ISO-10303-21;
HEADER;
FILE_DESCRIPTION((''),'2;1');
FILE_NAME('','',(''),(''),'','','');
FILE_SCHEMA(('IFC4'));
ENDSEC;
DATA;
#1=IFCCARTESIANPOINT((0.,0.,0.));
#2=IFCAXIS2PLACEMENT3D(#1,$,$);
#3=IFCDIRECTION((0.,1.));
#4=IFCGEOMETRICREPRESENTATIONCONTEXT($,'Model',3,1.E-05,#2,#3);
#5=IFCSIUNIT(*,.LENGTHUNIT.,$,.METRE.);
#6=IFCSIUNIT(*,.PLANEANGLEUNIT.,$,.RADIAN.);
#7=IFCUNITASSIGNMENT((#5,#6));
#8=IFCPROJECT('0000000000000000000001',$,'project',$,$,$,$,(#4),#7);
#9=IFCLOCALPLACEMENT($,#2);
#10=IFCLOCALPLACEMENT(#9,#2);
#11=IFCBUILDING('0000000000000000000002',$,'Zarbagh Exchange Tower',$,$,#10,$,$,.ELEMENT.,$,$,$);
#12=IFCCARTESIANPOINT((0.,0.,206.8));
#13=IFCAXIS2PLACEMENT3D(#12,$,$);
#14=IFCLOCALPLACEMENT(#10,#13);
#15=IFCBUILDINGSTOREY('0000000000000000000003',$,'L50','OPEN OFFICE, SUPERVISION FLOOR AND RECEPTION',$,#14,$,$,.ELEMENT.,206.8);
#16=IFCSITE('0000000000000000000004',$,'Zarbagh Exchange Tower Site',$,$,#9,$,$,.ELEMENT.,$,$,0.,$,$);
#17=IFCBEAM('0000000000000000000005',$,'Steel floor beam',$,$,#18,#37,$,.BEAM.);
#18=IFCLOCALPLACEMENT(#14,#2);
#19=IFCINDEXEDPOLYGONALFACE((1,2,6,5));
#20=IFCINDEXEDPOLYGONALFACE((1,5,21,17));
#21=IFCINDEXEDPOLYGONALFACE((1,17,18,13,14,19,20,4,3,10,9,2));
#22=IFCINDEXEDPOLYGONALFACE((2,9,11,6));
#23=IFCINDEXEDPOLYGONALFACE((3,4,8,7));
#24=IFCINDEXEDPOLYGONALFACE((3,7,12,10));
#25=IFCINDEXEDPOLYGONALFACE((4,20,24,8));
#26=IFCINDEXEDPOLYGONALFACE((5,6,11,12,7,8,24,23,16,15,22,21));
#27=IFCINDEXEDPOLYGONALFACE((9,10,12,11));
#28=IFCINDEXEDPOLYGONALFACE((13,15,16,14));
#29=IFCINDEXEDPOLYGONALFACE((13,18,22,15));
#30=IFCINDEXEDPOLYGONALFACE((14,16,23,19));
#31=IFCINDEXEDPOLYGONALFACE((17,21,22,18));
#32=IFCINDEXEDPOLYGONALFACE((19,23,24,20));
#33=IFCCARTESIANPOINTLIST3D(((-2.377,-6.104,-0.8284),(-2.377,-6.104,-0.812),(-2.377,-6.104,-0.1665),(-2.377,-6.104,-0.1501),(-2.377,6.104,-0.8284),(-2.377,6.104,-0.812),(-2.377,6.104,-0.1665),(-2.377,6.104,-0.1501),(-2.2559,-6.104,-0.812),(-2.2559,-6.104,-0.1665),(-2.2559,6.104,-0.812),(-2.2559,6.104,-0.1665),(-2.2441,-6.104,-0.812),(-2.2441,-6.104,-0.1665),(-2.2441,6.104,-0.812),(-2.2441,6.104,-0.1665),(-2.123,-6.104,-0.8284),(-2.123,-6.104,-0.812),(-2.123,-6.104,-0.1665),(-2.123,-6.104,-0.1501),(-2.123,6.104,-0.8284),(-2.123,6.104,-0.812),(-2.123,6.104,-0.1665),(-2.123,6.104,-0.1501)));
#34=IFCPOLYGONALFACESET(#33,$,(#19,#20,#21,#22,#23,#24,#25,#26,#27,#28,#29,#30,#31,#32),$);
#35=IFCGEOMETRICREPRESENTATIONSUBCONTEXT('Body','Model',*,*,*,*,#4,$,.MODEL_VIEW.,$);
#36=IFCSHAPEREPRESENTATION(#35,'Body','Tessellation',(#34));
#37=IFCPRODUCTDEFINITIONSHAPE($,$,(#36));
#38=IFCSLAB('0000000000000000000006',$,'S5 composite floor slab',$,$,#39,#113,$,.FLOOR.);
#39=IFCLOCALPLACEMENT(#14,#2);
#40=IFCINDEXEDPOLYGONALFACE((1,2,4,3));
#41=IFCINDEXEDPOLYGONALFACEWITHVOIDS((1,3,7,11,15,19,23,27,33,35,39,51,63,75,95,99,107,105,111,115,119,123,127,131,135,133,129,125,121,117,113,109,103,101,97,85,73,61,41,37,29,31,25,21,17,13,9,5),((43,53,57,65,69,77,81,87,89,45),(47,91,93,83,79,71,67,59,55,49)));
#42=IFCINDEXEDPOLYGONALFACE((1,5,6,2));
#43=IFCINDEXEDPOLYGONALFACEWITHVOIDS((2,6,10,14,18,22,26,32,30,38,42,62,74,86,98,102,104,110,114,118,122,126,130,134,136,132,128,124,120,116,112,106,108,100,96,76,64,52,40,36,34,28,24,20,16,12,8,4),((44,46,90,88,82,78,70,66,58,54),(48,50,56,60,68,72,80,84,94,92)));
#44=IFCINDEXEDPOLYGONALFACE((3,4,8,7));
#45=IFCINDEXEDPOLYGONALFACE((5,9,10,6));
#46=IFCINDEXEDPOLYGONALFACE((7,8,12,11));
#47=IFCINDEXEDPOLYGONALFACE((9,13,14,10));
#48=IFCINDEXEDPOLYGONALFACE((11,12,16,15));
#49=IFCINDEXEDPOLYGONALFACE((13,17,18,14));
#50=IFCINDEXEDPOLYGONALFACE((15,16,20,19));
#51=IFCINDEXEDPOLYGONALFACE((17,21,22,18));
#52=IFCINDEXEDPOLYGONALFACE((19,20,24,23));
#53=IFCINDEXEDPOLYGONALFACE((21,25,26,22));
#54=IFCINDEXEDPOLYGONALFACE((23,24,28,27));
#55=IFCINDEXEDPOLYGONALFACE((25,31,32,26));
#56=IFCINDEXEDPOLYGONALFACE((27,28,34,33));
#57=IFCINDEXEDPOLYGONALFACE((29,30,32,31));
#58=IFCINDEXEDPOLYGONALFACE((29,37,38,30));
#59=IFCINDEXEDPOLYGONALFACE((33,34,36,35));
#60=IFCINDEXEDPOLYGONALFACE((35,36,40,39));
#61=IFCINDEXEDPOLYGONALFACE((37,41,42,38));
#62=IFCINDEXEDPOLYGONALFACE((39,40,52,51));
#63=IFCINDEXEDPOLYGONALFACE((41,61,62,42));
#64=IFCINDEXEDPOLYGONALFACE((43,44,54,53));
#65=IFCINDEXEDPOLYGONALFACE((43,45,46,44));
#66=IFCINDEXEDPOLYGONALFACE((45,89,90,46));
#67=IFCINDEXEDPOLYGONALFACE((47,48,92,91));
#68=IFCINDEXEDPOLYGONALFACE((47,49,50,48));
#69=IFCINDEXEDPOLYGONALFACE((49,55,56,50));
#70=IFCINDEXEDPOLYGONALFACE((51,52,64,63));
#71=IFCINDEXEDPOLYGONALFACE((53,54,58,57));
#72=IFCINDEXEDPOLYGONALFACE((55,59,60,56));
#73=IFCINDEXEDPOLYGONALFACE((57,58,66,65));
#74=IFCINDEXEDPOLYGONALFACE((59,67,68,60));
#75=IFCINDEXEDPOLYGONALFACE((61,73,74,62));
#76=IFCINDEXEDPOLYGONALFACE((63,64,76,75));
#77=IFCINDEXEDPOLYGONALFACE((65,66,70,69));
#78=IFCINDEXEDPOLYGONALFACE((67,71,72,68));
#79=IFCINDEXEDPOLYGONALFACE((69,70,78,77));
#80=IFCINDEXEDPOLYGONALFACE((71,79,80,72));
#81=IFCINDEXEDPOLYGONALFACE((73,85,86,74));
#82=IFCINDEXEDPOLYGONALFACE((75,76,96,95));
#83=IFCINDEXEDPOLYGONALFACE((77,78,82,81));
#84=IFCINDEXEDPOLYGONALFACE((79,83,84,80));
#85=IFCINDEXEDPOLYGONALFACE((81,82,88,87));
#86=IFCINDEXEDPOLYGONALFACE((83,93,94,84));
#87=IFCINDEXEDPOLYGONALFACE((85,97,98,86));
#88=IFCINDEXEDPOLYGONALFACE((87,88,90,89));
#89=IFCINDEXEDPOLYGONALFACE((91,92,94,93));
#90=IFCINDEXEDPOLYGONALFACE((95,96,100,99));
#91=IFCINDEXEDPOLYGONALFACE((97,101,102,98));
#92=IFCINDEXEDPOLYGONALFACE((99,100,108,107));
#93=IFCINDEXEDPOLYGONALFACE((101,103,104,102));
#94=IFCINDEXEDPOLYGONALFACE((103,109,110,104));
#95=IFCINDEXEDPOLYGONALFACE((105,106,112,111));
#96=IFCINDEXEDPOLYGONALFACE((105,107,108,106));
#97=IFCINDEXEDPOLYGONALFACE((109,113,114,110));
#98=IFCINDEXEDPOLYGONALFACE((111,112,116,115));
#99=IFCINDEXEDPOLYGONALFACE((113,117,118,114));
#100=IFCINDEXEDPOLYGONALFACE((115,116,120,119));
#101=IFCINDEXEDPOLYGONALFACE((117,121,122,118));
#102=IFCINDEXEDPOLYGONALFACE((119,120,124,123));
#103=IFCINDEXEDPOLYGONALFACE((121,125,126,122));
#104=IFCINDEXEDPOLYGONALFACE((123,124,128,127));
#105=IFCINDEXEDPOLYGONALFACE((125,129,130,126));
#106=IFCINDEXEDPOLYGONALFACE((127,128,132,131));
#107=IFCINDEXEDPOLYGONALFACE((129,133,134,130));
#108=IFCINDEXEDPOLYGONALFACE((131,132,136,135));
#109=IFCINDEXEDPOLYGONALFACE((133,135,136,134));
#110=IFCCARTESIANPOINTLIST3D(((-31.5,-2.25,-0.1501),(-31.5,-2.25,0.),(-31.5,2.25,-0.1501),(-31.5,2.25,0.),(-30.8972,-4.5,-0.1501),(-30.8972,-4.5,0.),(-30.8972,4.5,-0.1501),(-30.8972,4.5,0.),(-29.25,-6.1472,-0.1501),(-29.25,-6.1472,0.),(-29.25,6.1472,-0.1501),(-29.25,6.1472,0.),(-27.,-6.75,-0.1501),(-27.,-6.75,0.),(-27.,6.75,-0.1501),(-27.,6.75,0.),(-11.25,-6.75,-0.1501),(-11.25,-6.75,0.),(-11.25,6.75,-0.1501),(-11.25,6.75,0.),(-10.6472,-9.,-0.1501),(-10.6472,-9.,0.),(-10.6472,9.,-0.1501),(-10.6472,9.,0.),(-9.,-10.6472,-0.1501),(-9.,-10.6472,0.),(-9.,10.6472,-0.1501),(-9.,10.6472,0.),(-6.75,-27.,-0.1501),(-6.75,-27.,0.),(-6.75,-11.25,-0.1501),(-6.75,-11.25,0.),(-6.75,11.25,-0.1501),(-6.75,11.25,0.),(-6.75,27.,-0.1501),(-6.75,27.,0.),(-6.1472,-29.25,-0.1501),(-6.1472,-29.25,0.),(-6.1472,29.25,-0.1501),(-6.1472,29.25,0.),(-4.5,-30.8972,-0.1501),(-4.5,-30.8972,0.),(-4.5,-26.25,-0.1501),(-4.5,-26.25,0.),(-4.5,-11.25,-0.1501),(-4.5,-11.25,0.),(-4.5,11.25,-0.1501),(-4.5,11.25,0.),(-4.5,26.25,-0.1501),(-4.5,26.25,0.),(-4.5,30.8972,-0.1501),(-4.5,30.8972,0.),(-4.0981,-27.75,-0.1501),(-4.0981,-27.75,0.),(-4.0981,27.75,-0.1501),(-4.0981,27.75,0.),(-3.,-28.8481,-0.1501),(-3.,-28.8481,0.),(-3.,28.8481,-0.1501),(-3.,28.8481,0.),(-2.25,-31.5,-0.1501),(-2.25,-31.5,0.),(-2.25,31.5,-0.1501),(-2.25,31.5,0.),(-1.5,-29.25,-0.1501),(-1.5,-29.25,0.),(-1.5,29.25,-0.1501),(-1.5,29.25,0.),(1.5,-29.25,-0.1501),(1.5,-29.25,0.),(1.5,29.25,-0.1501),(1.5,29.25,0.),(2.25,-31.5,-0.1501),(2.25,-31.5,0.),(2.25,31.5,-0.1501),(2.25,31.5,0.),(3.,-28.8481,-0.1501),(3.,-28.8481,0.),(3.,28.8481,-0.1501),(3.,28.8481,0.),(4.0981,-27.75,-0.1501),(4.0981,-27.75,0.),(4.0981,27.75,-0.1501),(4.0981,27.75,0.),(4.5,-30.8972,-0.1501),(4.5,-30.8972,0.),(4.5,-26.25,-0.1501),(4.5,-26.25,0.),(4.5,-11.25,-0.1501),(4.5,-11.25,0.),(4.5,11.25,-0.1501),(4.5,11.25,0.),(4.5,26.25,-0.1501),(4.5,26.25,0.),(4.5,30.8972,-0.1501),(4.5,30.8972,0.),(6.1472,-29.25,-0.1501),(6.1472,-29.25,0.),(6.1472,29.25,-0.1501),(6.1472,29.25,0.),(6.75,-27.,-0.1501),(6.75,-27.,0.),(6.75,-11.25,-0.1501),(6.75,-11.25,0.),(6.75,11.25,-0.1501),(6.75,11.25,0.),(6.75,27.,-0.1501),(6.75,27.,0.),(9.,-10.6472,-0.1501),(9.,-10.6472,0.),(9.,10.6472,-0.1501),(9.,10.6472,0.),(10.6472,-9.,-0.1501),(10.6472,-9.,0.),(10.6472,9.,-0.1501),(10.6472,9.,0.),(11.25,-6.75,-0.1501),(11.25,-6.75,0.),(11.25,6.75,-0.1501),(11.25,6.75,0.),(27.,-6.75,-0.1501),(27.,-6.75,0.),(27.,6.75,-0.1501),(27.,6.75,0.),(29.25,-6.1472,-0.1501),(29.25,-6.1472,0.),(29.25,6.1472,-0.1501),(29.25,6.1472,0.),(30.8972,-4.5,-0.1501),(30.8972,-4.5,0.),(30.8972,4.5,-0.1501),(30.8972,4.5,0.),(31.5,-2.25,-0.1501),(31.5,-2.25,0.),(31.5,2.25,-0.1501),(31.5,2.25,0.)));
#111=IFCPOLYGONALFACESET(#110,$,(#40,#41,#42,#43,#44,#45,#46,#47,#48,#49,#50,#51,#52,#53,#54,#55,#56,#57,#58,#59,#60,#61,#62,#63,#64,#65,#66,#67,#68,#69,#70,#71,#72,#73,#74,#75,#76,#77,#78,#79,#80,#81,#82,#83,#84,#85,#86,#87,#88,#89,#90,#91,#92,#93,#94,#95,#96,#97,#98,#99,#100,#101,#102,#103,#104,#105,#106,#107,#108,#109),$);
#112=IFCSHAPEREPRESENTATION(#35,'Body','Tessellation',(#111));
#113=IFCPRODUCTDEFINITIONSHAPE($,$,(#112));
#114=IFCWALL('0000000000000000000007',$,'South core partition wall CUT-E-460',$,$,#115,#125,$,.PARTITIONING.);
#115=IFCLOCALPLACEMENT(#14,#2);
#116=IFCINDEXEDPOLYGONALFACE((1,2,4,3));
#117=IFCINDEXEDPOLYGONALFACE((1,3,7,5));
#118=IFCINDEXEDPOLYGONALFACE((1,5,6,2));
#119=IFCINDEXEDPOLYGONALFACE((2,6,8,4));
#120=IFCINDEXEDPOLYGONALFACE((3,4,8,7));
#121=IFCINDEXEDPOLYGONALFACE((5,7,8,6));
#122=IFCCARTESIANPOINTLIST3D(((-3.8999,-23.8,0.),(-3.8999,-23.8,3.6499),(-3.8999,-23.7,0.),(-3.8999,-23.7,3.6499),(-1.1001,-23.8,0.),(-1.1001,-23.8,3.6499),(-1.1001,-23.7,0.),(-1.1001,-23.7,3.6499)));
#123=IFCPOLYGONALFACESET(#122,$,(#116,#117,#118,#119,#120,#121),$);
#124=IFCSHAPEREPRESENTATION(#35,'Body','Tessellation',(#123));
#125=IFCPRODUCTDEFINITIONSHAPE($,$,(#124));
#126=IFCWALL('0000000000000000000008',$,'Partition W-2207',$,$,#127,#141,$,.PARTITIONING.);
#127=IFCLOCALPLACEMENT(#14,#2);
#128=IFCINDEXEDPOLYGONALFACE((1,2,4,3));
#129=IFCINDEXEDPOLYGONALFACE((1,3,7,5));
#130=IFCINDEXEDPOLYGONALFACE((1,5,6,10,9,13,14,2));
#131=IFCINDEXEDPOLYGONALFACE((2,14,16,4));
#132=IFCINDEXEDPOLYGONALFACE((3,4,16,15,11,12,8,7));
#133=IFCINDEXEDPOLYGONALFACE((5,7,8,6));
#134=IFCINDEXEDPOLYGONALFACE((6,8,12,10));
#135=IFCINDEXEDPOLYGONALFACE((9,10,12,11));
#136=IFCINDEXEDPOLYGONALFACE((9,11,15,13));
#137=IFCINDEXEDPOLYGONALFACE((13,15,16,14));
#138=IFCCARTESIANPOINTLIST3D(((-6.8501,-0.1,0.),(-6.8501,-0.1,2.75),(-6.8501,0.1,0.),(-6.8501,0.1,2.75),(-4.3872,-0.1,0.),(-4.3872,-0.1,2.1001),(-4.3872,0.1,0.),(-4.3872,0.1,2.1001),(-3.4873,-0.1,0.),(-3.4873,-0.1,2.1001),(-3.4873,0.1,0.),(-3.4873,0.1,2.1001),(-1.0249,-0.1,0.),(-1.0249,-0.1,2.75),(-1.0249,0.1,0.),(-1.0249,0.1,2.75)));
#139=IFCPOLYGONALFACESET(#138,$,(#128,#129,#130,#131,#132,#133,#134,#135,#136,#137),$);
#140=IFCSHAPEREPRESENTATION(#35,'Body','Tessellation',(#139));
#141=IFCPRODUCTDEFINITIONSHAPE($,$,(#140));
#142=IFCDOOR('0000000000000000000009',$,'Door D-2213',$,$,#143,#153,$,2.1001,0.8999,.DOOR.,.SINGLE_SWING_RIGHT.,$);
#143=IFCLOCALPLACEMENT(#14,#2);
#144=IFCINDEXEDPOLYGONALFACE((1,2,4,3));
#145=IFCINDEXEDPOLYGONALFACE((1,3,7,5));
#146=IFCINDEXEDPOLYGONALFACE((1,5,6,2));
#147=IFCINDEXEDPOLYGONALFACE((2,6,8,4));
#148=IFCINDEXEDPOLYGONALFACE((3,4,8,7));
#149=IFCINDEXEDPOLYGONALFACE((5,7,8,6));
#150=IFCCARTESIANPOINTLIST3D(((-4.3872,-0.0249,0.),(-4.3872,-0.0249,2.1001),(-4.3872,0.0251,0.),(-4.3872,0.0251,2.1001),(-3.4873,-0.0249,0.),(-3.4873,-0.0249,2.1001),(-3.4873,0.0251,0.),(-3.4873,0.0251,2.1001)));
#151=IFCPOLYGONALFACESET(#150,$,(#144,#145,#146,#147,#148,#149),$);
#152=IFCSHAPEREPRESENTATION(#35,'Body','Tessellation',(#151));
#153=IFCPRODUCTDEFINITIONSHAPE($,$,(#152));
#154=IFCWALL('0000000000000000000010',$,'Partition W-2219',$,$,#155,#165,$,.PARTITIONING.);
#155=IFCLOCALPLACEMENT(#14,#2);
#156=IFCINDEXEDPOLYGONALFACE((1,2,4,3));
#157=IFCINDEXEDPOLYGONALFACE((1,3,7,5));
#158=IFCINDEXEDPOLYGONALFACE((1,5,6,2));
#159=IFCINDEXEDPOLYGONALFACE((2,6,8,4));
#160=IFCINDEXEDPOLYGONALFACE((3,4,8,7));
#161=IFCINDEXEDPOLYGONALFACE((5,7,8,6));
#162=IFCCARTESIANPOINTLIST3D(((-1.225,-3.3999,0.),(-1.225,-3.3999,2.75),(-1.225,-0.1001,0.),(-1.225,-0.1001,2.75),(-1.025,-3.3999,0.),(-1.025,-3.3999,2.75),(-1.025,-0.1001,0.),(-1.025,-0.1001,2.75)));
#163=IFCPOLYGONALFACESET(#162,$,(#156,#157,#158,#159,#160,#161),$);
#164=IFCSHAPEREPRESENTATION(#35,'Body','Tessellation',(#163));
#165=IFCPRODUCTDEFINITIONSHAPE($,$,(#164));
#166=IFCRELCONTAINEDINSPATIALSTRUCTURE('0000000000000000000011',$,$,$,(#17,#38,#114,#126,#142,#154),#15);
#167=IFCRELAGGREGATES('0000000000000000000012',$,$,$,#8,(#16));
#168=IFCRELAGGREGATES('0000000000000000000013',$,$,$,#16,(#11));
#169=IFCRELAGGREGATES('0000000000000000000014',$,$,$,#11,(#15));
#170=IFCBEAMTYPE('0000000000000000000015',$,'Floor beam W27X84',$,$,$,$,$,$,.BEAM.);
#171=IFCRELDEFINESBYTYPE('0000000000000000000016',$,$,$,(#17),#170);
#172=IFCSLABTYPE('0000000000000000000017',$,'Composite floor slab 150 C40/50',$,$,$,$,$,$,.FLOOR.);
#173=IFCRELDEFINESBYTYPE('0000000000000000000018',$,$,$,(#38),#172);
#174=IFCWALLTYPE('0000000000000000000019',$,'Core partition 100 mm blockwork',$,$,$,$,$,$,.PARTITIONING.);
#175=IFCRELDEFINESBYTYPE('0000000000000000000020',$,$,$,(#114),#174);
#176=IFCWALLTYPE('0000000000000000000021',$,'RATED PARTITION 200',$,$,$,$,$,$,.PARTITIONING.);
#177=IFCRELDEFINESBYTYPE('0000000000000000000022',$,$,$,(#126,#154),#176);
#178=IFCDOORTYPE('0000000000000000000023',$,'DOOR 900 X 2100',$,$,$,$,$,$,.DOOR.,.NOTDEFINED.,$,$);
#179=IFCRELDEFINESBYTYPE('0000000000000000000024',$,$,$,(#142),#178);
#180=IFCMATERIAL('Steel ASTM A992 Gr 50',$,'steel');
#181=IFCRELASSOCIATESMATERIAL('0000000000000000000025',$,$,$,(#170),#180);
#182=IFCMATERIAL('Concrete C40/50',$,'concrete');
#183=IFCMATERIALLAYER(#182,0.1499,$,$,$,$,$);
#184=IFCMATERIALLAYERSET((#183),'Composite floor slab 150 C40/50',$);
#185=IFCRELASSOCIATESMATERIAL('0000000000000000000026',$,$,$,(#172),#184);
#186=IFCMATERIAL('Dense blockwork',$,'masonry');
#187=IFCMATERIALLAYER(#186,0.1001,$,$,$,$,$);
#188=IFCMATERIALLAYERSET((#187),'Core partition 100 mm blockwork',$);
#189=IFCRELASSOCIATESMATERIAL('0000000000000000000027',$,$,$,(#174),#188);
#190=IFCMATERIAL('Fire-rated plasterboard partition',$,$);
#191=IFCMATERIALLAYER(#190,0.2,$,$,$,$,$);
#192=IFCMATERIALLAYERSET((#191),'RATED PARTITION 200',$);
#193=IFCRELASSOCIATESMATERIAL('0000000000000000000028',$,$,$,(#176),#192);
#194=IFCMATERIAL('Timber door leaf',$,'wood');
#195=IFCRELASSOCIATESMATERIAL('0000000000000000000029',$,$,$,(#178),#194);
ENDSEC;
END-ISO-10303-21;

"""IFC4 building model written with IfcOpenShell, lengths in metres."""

from ifc_helpers import new_model, si_unit, direction, frame, frame_2d, origin, origin_2d, place, context, subcontext, project, spatial, polyline, rectangle, i_section, outline, extrude, material, layer, layer_set, material_profile, profile_set, type_object, element, fill, save


model = new_model("IFC4")

# Units and contexts
model_context = context("Model", 3, precision=1e-05, world=origin(), true_north=direction((0.0, 1.0)))
body_context = subcontext(model_context, "Body", "Model", "MODEL_VIEW")
ifc_project = project(units=[si_unit("LENGTHUNIT", "METRE"), si_unit("PLANEANGLEUNIT", "RADIAN")], contexts=[model_context])

# Site, building, storey
site_placement = place(None, origin())
site = spatial("IfcSite", under=ifc_project, at=site_placement, Name="Zarbagh Exchange Tower Site", CompositionType="ELEMENT", RefElevation=0.0)
building_placement = place(site_placement, origin())
building = spatial("IfcBuilding", under=site, at=building_placement, Name="Zarbagh Exchange Tower", CompositionType="ELEMENT")
storey_placement = place(building_placement, frame((0.0, 0.0, 206.8)))
storey = spatial("IfcBuildingStorey", under=building, at=storey_placement, Name="L50", Description="OPEN OFFICE, SUPERVISION FLOOR AND RECEPTION", CompositionType="ELEMENT", Elevation=206.8)

# Beam
ifc_material_1 = material(Name="Steel ASTM A992 Gr 50", Category="steel")
ifc_material_profile = material_profile(ifc_material_1, i_section(OverallWidth=0.2539, OverallDepth=0.6782, WebThickness=0.0117, FlangeThickness=0.0164, at=origin_2d()), Name="W27X84")
ifc_profile_set = profile_set([ifc_material_profile], Name="Steel ASTM A992 Gr 50")
beam_type = type_object("IfcBeamType", Name="Floor beam W27X84", PredefinedType="BEAM", material=ifc_profile_set)
beam_placement = place(storey_placement, frame((-2.25, -6.104, -0.4893), z_axis=(0.0, 1.0, 0.0), x_axis=(-1.0, 0.0, 0.0)))
element("IfcBeam", 1, at=beam_placement, inside=storey, type_object=beam_type, Name="Steel floor beam", PredefinedType="BEAM", context=body_context, shape_type="SweptSolid", body=[
    extrude(i_section(OverallWidth=0.2539, OverallDepth=0.6782, WebThickness=0.0117, FlangeThickness=0.0164, at=origin_2d()), origin(), (0.0, 0.0, 1.0), 12.208),
])

# Slab
ifc_material_2 = material(Name="Concrete C40/50", Category="concrete")
ifc_layer_1 = layer(ifc_material_2, 0.1499)
ifc_layer_set_1 = layer_set([ifc_layer_1], Name="Composite floor slab 150 C40/50")
slab_type = type_object("IfcSlabType", Name="Composite floor slab 150 C40/50", PredefinedType="FLOOR", material=ifc_layer_set_1)
slab_placement = place(storey_placement, frame((0.0, 0.0, -0.1501)))
element("IfcSlab", 2, at=slab_placement, inside=storey, type_object=slab_type, Name="S5 composite floor slab", PredefinedType="FLOOR", context=body_context, shape_type="SweptSolid", body=[
    extrude(outline(polyline([(-2.25, -31.5), (-4.5, -30.8972), (-6.1472, -29.25), (-6.75, -27.0), (-6.75, -11.25), (-9.0, -10.6472), (-10.6472, -9.0), (-11.25, -6.75), (-27.0, -6.75), (-29.25, -6.1472), (-30.8972, -4.5), (-31.5, -2.25), (-31.5, 2.25), (-30.8972, 4.5), (-29.25, 6.1472), (-27.0, 6.75), (-11.25, 6.75), (-10.6472, 9.0), (-9.0, 10.6472), (-6.75, 11.25), (-6.75, 27.0), (-6.1472, 29.25), (-4.5, 30.8972), (-2.25, 31.5), (2.25, 31.5), (4.5, 30.8972), (6.1472, 29.25), (6.75, 27.0), (6.75, 11.25), (9.0, 10.6472), (10.6472, 9.0), (11.25, 6.75), (27.0, 6.75), (29.25, 6.1472), (30.8972, 4.5), (31.5, 2.25), (31.5, -2.25), (30.8972, -4.5), (29.25, -6.1472), (27.0, -6.75), (11.25, -6.75), (10.6472, -9.0), (9.0, -10.6472), (6.75, -11.25), (6.75, -27.0), (6.1472, -29.25), (4.5, -30.8972), (2.25, -31.5), (-2.25, -31.5)]), holes=[polyline([(4.5, 11.25), (4.5, 26.25), (4.0981, 27.75), (3.0, 28.8481), (1.5, 29.25), (-1.5, 29.25), (-3.0, 28.8481), (-4.0981, 27.75), (-4.5, 26.25), (-4.5, 11.25), (4.5, 11.25)]), polyline([(-1.5, -29.25), (1.5, -29.25), (3.0, -28.8481), (4.0981, -27.75), (4.5, -26.25), (4.5, -11.25), (-4.5, -11.25), (-4.5, -26.25), (-4.0981, -27.75), (-3.0, -28.8481), (-1.5, -29.25)])]), origin(), (0.0, 0.0, 1.0), 0.1501),
])

# Wall
ifc_material_3 = material(Name="Dense blockwork", Category="masonry")
ifc_layer_2 = layer(ifc_material_3, 0.1001)
ifc_layer_set_2 = layer_set([ifc_layer_2], Name="Core partition 100 mm blockwork")
wall_type_1 = type_object("IfcWallType", Name="Core partition 100 mm blockwork", PredefinedType="PARTITIONING", material=ifc_layer_set_2)
wall_1_placement = place(storey_placement, frame((-1.1001, -23.75, 0.0), z_axis=(0.0, 0.0, 1.0), x_axis=(-1.0, 0.0, 0.0)))
element("IfcWall", 3, at=wall_1_placement, inside=storey, type_object=wall_type_1, Name="South core partition wall CUT-E-460", PredefinedType="PARTITIONING", context=body_context, shape_type="SweptSolid", body=[
    extrude(rectangle(XDim=2.7998, YDim=0.1001, at=frame_2d((1.3999, 0.0))), origin(), (0.0, 0.0, 1.0), 3.6499),
])

# Wall, opening, door
ifc_material_4 = material(Name="Fire-rated plasterboard partition")
ifc_layer_3 = layer(ifc_material_4, 0.2)
ifc_layer_set_3 = layer_set([ifc_layer_3], Name="RATED PARTITION 200")
wall_type_2 = type_object("IfcWallType", Name="RATED PARTITION 200", PredefinedType="PARTITIONING", material=ifc_layer_set_3)
wall_2_placement = place(storey_placement, frame((-1.0249, 0.0, 0.0), z_axis=(0.0, 0.0, 1.0), x_axis=(-1.0, 0.0, 0.0)))
wall_2 = element("IfcWall", 4, at=wall_2_placement, inside=storey, type_object=wall_type_2, Name="Partition W-2207", PredefinedType="PARTITIONING", context=body_context, shape_type="SweptSolid", body=[
    extrude(rectangle(XDim=5.8252, YDim=0.2, at=frame_2d((2.9126, 0.0))), origin(), (0.0, 0.0, 1.0), 2.75),
])
opening_1_placement = place(wall_2_placement, frame((2.4624, 0.0, 0.0)))
opening_1 = element("IfcOpeningElement", 5, at=opening_1_placement, cuts=wall_2, PredefinedType="OPENING", context=body_context, shape_type="SweptSolid", body=[
    extrude(rectangle(XDim=0.8999, YDim=2.1001, at=frame_2d((0.45, 1.05))), frame((0.0, 0.1099, 0.0), z_axis=(0.0, -1.0, 0.0), x_axis=(1.0, 0.0, 0.0)), (0.0, 0.0, 1.0), 0.22),
])
ifc_material_5 = material(Name="Timber door leaf", Category="wood")
door_type_1 = type_object("IfcDoorType", Name="DOOR 900 X 2100", OperationType="NOTDEFINED", PredefinedType="DOOR", material=ifc_material_5)
door_1_placement = place(opening_1_placement, origin())
door_1 = element("IfcDoor", 6, at=door_1_placement, inside=storey, type_object=door_type_1, Name="Door D-2213", OperationType="SINGLE_SWING_RIGHT", OverallHeight=2.1001, OverallWidth=0.8999, PredefinedType="DOOR", context=body_context, shape_type="SweptSolid", body=[
    extrude(rectangle(XDim=0.8999, YDim=2.1001, at=frame_2d((0.45, 1.05))), frame((0.0, 0.0249, 0.0), z_axis=(0.0, -1.0, 0.0), x_axis=(1.0, 0.0, 0.0)), (0.0, 0.0, 1.0), 0.05),
])
fill(opening_1, door_1)

# Wall
wall_3_placement = place(storey_placement, frame((-1.125, -3.3999, 0.0), z_axis=(0.0, 0.0, 1.0), x_axis=(0.0, 1.0, 0.0)))
element("IfcWall", 7, at=wall_3_placement, inside=storey, type_object=wall_type_2, Name="Partition W-2219", PredefinedType="PARTITIONING", context=body_context, shape_type="SweptSolid", body=[
    extrude(rectangle(XDim=3.2998, YDim=0.2, at=frame_2d((1.6499, 0.0))), origin(), (0.0, 0.0, 1.0), 2.75),
])

save(model, "model.ifc")
